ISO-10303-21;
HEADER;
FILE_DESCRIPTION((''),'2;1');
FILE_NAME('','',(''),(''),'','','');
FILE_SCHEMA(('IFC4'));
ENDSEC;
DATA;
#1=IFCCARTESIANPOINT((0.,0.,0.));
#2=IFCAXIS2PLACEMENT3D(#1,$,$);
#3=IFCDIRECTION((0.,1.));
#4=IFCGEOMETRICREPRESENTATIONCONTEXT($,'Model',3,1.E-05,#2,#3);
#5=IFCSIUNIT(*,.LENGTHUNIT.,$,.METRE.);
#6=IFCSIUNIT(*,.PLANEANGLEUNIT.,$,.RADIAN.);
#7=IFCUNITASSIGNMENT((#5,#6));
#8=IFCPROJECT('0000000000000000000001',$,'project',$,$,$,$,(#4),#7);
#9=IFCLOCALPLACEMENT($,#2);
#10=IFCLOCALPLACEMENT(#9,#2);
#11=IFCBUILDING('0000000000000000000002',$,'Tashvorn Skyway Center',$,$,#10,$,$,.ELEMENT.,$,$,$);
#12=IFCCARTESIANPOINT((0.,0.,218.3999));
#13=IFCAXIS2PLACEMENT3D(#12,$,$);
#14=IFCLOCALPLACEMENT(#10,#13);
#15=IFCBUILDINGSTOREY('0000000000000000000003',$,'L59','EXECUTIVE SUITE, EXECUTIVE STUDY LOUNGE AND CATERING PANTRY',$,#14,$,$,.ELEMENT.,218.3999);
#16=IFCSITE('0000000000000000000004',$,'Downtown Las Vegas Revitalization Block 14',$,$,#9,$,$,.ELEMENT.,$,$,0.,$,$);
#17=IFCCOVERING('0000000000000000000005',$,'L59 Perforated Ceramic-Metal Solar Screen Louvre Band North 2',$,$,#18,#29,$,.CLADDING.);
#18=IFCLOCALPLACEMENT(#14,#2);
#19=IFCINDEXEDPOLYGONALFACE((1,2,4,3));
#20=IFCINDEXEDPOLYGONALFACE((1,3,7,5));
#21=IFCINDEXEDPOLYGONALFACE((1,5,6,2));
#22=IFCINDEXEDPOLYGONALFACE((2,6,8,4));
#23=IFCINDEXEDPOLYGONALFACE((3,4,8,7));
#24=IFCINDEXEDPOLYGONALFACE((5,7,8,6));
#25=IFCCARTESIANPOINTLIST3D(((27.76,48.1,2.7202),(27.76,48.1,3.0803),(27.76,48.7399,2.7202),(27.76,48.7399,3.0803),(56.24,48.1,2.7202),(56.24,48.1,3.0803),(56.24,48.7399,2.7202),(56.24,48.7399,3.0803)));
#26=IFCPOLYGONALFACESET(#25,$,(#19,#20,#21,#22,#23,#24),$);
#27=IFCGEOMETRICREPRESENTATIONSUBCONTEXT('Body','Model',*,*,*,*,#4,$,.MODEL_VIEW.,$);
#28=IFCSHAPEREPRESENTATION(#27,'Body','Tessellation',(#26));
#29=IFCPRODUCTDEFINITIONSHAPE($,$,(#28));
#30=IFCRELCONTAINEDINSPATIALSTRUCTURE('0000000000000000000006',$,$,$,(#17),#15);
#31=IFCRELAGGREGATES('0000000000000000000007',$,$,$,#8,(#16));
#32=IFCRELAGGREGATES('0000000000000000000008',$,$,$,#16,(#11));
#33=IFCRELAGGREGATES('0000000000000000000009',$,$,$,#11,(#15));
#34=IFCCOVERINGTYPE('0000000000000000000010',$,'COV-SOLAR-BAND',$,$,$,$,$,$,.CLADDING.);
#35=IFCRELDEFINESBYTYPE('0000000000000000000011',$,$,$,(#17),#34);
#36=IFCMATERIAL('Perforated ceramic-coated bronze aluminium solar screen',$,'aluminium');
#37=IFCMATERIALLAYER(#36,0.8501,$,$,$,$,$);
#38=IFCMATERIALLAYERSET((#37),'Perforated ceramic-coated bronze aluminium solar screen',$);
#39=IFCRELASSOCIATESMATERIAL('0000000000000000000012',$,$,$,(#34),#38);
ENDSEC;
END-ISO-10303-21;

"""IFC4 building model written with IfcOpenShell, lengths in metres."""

from ifc_helpers import new_model, si_unit, direction, frame, origin, origin_2d, place, context, subcontext, project, spatial, rectangle, extrude, material, layer, layer_set, type_object, element, save


model = new_model("IFC4")

# Units and contexts
model_context = context("Model", 3, precision=1e-05, world=origin(), true_north=direction((0.0, 1.0)))
body_context = subcontext(model_context, "Body", "Model", "MODEL_VIEW")
ifc_project = project(units=[si_unit("LENGTHUNIT", "METRE"), si_unit("PLANEANGLEUNIT", "RADIAN")], contexts=[model_context])

# Site, building, storey
site_placement = place(None, origin())
site = spatial("IfcSite", under=ifc_project, at=site_placement, Name="Downtown Las Vegas Revitalization Block 14", CompositionType="ELEMENT", RefElevation=0.0)
building_placement = place(site_placement, origin())
building = spatial("IfcBuilding", under=site, at=building_placement, Name="Tashvorn Skyway Center", CompositionType="ELEMENT")
storey_placement = place(building_placement, frame((0.0, 0.0, 218.3999)))
storey = spatial("IfcBuildingStorey", under=building, at=storey_placement, Name="L59", Description="EXECUTIVE SUITE, EXECUTIVE STUDY LOUNGE AND CATERING PANTRY", CompositionType="ELEMENT", Elevation=218.3999)

# Covering
ifc_material_1 = material(Name="Perforated ceramic-coated bronze aluminium solar screen", Category="aluminium")
ifc_layer_1 = layer(ifc_material_1, 0.8501)
ifc_layer_set_1 = layer_set([ifc_layer_1], Name="Perforated ceramic-coated bronze aluminium solar screen")
covering_type = type_object("IfcCoveringType", Name="COV-SOLAR-BAND", PredefinedType="CLADDING", material=ifc_layer_set_1)
for number, where, z_axis, x_axis, name in (
    (1, (42.0, 48.4199, 2.7202), (0.0, 0.0, 1.0), (1.0, 0.0, 0.0), "L59 Perforated Ceramic-Metal Solar Screen Louvre Band North 2"),
):
    element("IfcCovering", number, at=place(storey_placement, frame(where, z_axis=z_axis, x_axis=x_axis)), inside=storey, type_object=covering_type, Name=name, PredefinedType="CLADDING", context=body_context, shape_type="SweptSolid", body=[
        extrude(rectangle(XDim=28.48, YDim=0.6399, at=origin_2d()), origin(), (0.0, 0.0, 1.0), 0.3601),
    ])

save(model, "model.ifc")
